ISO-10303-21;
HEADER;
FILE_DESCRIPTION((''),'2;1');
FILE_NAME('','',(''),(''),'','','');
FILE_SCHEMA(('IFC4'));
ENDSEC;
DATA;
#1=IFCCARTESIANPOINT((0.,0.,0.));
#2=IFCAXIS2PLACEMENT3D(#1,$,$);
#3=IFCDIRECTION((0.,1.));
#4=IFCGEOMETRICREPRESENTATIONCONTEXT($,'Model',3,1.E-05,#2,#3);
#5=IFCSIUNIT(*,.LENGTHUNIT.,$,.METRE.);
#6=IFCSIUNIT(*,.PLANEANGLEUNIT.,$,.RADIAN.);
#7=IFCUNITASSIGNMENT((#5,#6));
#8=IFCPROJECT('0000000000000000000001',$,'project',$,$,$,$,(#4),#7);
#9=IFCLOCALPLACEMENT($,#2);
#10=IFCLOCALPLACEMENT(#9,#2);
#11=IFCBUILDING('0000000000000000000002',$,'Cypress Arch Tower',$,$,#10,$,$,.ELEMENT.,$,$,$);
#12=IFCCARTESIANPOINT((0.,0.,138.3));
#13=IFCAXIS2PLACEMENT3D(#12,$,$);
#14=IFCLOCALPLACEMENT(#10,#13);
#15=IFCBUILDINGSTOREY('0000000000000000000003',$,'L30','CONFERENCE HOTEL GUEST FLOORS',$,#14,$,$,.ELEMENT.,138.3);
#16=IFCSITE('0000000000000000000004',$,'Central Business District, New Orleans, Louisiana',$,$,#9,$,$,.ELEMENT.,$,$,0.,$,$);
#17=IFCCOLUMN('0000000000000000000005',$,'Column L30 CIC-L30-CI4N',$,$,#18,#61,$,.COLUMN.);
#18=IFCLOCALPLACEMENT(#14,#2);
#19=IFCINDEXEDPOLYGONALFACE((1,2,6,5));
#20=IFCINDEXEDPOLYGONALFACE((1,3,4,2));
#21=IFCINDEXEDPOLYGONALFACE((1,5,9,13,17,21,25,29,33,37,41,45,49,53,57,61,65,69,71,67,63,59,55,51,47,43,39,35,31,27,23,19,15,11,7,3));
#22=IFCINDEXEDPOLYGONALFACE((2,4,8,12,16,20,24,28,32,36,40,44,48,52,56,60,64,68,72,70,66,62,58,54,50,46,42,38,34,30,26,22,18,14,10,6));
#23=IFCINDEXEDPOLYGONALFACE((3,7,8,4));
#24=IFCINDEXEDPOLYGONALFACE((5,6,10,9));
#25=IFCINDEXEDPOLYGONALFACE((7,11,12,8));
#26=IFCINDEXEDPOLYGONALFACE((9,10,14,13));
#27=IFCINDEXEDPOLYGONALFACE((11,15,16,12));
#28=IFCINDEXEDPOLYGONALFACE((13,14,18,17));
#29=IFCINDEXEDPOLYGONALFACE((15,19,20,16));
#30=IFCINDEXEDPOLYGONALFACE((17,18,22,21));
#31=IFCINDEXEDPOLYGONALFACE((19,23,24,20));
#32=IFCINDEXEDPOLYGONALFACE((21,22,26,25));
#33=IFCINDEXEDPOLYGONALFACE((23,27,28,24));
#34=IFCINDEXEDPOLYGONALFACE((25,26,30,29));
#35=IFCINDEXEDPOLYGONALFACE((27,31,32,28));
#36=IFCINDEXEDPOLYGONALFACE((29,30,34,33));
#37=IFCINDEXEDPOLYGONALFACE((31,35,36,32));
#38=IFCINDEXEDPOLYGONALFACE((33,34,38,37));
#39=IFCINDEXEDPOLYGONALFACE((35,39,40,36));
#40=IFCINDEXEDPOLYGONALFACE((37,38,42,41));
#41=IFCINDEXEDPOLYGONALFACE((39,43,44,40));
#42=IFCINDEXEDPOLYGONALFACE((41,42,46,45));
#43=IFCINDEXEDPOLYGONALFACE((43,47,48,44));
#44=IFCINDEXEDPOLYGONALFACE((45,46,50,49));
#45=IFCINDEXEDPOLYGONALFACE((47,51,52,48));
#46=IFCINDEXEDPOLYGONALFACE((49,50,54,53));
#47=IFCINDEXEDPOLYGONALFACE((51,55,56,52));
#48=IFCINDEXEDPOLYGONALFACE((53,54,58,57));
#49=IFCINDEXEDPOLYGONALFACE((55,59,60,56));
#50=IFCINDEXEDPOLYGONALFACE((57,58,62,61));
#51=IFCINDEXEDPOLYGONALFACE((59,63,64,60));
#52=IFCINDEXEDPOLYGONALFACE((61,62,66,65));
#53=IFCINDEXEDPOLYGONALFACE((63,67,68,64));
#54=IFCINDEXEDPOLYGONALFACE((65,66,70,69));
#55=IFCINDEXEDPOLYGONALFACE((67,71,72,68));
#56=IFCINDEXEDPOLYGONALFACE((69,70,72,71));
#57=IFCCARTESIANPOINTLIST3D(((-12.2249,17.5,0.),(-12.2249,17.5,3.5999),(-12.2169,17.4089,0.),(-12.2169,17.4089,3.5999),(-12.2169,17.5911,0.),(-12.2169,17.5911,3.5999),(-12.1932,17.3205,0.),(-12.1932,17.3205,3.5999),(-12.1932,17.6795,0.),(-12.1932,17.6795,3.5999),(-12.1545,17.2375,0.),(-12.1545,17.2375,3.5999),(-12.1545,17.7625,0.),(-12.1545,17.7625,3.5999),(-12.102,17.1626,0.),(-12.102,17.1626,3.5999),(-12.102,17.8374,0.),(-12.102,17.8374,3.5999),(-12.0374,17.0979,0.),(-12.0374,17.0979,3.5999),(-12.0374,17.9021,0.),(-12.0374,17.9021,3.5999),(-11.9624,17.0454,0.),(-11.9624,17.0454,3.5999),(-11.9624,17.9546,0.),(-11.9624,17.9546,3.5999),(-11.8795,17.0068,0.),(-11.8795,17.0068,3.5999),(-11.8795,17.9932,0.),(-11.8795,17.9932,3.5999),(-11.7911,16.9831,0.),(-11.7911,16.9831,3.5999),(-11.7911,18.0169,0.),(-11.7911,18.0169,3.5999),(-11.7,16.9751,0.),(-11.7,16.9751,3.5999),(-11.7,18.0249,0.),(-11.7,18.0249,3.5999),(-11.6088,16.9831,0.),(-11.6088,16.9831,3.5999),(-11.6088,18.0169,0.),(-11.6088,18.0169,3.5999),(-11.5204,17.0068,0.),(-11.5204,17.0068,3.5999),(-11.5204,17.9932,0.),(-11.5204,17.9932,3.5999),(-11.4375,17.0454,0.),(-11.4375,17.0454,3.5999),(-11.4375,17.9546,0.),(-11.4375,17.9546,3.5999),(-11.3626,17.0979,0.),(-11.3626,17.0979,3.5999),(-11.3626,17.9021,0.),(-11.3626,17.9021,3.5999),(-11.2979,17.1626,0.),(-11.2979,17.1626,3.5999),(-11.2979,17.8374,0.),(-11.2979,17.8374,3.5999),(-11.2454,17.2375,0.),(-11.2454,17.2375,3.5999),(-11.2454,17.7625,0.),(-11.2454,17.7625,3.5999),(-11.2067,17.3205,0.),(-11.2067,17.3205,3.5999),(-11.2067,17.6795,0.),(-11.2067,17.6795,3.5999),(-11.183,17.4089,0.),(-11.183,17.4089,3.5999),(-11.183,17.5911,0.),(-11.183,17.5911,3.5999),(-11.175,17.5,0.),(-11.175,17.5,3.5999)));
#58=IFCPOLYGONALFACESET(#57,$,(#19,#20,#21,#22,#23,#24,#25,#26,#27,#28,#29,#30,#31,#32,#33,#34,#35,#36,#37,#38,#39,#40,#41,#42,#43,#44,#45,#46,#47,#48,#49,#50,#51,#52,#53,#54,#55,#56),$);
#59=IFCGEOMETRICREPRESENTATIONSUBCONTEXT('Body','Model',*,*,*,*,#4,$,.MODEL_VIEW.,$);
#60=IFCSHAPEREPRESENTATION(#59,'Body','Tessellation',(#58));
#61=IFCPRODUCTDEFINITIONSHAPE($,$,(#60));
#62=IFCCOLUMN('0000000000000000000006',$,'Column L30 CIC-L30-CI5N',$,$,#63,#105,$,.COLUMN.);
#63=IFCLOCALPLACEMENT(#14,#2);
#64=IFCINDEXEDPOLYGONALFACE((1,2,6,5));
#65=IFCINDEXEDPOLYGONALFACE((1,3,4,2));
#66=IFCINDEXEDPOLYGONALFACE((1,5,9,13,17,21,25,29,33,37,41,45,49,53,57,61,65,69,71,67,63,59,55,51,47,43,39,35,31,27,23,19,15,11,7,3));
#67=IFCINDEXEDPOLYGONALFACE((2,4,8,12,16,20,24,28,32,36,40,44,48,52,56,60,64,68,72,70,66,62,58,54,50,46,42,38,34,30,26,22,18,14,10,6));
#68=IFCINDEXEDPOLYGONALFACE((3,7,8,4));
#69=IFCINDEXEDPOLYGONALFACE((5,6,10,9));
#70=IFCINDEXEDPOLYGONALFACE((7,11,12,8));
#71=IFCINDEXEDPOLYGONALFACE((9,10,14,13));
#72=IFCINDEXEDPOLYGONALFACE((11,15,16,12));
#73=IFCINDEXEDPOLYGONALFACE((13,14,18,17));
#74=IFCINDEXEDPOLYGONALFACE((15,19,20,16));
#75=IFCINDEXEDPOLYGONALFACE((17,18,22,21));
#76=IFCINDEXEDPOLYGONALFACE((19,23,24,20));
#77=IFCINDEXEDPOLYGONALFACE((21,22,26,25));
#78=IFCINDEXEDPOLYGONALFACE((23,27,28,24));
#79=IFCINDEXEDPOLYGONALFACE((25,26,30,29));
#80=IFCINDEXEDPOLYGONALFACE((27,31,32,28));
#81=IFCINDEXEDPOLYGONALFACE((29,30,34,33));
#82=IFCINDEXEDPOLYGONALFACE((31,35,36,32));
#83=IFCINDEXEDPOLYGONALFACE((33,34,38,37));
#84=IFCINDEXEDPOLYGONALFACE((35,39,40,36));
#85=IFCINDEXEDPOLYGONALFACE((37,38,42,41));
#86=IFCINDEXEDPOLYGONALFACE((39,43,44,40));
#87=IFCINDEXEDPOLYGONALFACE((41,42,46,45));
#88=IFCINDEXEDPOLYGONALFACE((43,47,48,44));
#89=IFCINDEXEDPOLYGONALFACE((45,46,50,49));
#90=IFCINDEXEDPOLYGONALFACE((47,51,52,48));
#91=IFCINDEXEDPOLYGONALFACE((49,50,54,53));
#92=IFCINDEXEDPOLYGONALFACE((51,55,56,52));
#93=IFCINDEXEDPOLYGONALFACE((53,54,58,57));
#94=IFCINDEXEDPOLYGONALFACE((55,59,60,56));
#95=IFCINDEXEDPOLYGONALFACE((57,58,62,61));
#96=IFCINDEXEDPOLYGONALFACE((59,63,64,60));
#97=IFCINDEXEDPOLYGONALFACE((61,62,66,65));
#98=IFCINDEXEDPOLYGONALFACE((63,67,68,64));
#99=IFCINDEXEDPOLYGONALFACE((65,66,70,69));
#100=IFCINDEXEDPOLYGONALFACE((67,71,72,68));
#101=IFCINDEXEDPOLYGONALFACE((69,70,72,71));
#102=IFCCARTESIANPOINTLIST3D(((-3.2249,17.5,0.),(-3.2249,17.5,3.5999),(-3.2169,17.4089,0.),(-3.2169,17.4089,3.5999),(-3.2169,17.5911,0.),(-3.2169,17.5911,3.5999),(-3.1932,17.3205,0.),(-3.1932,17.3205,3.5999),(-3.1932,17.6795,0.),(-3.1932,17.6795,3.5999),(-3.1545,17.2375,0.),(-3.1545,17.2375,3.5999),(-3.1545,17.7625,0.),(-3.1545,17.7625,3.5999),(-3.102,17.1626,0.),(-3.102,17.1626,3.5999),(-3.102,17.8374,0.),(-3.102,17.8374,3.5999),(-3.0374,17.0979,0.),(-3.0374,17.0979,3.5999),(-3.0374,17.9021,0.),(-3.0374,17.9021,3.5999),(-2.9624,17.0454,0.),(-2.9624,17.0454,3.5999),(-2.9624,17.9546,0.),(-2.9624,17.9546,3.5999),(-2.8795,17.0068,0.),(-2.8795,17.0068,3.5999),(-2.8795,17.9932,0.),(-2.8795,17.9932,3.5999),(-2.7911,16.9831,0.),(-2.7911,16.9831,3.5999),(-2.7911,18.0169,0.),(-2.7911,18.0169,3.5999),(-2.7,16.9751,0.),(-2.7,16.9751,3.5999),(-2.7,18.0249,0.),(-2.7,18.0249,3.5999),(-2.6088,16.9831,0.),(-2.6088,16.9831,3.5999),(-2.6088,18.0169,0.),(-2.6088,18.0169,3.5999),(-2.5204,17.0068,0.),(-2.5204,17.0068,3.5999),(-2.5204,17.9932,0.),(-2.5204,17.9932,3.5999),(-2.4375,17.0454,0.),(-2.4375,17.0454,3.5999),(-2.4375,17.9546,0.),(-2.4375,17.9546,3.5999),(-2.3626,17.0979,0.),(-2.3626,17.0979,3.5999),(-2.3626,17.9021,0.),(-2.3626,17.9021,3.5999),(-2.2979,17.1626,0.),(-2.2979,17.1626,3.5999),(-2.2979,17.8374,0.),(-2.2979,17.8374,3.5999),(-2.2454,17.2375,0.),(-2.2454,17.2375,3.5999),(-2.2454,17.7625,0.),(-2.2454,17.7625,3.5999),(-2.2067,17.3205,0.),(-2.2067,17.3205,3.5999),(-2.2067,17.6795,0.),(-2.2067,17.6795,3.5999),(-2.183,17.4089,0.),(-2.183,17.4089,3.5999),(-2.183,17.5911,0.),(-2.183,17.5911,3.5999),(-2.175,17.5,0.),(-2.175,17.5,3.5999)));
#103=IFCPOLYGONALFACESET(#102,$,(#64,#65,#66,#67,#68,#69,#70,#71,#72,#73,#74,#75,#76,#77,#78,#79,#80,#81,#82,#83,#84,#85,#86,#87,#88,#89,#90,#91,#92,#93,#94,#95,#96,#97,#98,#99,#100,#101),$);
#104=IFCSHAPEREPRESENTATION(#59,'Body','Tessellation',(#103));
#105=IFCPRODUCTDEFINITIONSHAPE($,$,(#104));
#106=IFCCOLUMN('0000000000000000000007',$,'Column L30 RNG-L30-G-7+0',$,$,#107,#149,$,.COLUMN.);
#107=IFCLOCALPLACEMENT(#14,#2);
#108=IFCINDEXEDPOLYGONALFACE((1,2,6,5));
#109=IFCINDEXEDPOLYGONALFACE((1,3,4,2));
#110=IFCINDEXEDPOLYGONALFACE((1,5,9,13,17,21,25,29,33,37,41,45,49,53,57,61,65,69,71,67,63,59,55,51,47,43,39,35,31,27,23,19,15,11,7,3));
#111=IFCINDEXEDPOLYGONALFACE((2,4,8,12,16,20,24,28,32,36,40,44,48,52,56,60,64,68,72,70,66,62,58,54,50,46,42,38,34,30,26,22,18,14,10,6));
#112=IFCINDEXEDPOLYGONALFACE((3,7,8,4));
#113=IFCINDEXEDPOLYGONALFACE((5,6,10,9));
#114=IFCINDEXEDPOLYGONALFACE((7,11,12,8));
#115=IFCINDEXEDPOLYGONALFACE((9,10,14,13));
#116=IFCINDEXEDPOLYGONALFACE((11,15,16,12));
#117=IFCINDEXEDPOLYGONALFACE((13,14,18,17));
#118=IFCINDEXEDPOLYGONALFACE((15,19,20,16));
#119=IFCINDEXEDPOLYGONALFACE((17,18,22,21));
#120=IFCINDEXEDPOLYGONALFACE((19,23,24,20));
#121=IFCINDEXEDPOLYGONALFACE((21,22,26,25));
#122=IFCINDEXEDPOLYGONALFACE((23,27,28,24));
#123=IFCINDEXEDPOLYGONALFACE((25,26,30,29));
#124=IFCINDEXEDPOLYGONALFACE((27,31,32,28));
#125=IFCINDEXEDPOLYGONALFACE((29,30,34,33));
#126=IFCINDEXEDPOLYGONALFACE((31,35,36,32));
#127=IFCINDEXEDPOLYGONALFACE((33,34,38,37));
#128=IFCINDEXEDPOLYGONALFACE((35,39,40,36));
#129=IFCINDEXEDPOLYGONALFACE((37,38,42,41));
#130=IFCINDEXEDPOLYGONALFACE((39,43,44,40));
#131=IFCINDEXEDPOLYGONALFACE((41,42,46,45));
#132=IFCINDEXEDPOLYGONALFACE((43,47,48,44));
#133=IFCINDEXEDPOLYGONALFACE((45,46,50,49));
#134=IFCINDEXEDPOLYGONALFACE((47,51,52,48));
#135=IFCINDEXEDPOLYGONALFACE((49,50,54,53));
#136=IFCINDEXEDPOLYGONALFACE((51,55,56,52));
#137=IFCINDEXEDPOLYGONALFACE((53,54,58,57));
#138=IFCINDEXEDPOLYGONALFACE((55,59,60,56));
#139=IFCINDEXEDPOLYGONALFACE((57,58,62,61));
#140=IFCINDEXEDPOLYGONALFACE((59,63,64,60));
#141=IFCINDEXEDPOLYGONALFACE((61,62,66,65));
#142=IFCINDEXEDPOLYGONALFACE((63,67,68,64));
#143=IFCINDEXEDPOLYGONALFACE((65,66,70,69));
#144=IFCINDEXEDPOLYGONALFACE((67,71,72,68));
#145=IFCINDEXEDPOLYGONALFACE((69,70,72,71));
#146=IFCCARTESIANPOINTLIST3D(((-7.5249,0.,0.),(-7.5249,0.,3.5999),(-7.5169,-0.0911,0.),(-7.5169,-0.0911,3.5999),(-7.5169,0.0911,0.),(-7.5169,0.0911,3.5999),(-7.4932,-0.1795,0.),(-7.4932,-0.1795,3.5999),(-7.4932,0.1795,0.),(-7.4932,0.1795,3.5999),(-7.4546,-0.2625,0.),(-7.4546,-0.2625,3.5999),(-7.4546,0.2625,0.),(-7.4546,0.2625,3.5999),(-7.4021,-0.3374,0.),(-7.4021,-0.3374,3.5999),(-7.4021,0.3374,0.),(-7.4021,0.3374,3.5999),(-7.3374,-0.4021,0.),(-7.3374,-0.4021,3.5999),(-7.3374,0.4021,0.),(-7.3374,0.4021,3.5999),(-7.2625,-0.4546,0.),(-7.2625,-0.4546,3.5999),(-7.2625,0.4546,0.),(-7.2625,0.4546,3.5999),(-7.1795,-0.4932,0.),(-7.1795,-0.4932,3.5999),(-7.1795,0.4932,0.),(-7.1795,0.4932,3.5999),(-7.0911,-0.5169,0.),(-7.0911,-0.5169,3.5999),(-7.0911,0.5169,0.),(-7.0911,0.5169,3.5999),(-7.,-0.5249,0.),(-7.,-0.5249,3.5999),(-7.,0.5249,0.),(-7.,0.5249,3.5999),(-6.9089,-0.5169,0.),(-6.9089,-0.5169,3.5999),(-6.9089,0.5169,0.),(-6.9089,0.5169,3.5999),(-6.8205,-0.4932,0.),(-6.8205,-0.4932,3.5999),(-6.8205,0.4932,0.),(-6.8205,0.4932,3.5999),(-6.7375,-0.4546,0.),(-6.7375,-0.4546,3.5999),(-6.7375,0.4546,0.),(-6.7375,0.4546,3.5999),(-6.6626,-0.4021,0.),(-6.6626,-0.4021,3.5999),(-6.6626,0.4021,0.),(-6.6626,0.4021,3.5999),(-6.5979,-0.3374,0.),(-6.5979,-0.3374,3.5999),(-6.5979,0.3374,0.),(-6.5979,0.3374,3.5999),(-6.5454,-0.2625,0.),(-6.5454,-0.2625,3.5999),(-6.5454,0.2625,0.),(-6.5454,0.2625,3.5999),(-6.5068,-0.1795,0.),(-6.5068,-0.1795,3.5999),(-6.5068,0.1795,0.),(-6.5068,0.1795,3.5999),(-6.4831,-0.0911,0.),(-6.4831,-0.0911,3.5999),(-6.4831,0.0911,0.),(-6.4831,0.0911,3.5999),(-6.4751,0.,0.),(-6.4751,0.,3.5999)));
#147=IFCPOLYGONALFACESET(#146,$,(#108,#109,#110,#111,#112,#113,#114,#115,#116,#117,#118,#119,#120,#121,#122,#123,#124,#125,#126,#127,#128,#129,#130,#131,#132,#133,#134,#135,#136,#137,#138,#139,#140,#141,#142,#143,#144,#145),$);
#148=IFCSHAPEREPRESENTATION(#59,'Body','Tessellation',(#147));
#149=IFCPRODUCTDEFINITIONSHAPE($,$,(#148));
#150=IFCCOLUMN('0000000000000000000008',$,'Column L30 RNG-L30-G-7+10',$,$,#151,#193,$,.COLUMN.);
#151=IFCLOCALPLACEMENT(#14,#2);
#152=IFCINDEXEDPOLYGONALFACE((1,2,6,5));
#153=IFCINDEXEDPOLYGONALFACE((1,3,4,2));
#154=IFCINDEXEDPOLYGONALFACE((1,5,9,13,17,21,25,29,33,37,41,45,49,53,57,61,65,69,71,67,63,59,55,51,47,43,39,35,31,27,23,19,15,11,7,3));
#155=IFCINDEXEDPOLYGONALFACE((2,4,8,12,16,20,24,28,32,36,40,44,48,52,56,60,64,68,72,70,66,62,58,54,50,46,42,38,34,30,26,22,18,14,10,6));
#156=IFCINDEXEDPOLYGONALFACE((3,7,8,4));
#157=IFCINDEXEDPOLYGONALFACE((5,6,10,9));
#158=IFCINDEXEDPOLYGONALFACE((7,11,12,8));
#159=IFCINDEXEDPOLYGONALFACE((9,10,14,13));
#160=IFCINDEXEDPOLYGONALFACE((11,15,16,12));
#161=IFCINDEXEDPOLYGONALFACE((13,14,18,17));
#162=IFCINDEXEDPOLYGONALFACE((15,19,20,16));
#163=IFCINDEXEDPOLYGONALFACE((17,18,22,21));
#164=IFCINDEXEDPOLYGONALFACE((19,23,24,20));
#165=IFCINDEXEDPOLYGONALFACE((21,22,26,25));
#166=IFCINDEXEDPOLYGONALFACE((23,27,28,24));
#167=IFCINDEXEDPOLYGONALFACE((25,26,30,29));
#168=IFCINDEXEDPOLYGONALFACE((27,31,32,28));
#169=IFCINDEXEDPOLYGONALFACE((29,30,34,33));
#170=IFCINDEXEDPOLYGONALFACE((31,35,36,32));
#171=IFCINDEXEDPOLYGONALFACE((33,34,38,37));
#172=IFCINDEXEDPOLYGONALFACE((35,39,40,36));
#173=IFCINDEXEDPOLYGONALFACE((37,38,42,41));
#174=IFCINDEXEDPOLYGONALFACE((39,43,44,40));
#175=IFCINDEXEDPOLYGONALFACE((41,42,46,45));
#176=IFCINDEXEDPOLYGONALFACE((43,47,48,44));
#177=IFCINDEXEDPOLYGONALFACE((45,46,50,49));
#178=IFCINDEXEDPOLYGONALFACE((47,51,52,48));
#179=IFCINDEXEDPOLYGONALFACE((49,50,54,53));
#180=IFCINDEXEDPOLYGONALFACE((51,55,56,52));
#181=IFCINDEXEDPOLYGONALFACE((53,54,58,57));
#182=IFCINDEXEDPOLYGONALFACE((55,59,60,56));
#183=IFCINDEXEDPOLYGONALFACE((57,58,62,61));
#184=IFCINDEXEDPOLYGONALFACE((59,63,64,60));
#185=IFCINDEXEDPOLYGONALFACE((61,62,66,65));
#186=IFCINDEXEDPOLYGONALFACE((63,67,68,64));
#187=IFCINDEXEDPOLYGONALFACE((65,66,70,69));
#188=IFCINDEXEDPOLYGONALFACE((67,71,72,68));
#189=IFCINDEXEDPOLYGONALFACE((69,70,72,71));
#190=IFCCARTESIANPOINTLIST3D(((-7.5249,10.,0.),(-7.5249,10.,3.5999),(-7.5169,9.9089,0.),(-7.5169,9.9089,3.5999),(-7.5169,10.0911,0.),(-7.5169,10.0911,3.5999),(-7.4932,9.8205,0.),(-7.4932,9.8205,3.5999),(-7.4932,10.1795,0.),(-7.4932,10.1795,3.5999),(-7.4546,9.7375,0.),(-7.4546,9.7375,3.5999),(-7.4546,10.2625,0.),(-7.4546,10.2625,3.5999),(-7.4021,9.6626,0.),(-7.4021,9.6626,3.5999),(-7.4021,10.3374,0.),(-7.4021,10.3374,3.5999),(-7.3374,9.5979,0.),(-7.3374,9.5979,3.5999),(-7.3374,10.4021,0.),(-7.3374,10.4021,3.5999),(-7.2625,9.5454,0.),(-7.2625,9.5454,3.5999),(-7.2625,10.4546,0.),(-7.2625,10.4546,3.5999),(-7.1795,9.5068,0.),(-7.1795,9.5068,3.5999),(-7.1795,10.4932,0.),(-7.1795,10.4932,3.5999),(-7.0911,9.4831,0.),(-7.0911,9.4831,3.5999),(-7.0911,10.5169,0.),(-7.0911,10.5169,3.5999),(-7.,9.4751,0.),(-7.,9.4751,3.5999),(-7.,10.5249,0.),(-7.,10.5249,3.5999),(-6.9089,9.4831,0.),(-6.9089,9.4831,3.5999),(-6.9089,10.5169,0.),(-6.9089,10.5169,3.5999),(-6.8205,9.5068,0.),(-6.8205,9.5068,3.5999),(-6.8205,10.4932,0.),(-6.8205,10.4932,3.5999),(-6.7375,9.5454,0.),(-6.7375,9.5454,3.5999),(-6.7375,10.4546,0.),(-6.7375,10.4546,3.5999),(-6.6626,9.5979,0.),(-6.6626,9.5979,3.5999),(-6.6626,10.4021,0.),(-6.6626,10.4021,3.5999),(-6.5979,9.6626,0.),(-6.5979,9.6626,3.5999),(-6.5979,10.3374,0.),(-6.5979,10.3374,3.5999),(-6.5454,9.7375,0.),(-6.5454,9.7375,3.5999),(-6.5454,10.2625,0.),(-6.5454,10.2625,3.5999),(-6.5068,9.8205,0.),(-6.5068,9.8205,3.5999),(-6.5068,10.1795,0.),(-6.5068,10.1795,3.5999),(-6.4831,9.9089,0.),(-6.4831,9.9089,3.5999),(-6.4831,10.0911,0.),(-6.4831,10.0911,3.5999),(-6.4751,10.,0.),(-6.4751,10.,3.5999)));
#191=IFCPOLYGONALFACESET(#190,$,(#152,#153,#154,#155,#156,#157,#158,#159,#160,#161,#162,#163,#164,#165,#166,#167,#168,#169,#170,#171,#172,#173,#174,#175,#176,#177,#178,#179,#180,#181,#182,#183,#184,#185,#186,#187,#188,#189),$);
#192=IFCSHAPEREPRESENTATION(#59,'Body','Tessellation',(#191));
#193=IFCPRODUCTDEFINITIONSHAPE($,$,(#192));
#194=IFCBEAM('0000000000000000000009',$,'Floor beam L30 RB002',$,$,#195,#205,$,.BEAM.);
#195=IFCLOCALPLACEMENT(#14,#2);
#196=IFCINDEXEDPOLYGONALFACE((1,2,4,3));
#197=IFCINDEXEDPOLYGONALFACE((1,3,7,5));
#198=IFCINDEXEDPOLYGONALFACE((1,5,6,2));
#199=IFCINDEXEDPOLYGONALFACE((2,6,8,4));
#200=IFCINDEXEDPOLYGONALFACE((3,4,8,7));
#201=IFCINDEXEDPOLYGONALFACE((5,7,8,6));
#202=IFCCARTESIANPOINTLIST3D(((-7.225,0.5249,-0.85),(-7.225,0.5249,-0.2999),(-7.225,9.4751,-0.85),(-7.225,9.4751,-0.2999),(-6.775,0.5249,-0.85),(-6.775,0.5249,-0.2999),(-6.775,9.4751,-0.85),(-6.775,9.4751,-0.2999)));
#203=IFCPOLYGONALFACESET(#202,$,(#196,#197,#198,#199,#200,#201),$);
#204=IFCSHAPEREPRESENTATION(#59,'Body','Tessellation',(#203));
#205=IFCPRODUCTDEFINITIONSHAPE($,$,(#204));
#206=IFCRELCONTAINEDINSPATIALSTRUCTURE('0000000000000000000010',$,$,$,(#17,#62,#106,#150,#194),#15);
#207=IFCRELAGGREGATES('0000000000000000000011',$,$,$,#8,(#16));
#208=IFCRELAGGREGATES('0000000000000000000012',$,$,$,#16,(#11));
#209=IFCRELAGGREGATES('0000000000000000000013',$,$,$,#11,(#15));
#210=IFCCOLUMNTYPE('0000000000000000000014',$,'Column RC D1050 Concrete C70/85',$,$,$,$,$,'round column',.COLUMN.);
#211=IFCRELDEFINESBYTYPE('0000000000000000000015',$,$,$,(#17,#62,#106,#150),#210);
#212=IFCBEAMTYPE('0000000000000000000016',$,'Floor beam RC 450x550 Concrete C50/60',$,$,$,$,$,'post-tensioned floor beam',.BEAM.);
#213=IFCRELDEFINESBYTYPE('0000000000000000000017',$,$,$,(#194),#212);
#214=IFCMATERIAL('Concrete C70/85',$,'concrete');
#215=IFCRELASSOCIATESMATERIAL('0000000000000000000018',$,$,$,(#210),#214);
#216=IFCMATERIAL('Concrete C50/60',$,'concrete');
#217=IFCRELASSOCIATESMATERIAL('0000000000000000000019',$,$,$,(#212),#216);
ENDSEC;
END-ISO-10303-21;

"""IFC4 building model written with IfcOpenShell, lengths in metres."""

from ifc_helpers import new_model, si_unit, direction, frame, origin, origin_2d, place, context, subcontext, project, spatial, rectangle, circle, extrude, material, material_profile, profile_set, type_object, element, save


model = new_model("IFC4")

# Units and contexts
model_context = context("Model", 3, precision=1e-05, world=origin(), true_north=direction((0.0, 1.0)))
body_context = subcontext(model_context, "Body", "Model", "MODEL_VIEW")
ifc_project = project(units=[si_unit("LENGTHUNIT", "METRE"), si_unit("PLANEANGLEUNIT", "RADIAN")], contexts=[model_context])

# Site, building, storey
site_placement = place(None, origin())
site = spatial("IfcSite", under=ifc_project, at=site_placement, Name="Central Business District, New Orleans, Louisiana", CompositionType="ELEMENT", RefElevation=0.0)
building_placement = place(site_placement, origin())
building = spatial("IfcBuilding", under=site, at=building_placement, Name="Cypress Arch Tower", CompositionType="ELEMENT")
storey_placement = place(building_placement, frame((0.0, 0.0, 138.3)))
storey = spatial("IfcBuildingStorey", under=building, at=storey_placement, Name="L30", Description="CONFERENCE HOTEL GUEST FLOORS", CompositionType="ELEMENT", Elevation=138.3)

# Columns
ifc_material_1 = material(Name="Concrete C70/85", Category="concrete")
ifc_material_profile_1 = material_profile(ifc_material_1, circle(Radius=0.5249, at=origin_2d()), Name="RC D1050")
ifc_profile_set_1 = profile_set([ifc_material_profile_1], Name="Concrete C70/85")
column_type = type_object("IfcColumnType", Name="Column RC D1050 Concrete C70/85", ElementType="round column", PredefinedType="COLUMN", material=ifc_profile_set_1)
for number, where, z_axis, x_axis, name in (
    (1, (-11.7, 17.5, 0.0), (0.0, 0.0, 1.0), (1.0, 0.0, 0.0), "Column L30 CIC-L30-CI4N"),
    (2, (-2.7, 17.5, 0.0), (0.0, 0.0, 1.0), (1.0, 0.0, 0.0), "Column L30 CIC-L30-CI5N"),
    (3, (-7.0, 0.0, 0.0), (0.0, 0.0, 1.0), (1.0, 0.0, 0.0), "Column L30 RNG-L30-G-7+0"),
    (4, (-7.0, 10.0, 0.0), (0.0, 0.0, 1.0), (1.0, 0.0, 0.0), "Column L30 RNG-L30-G-7+10"),
):
    element("IfcColumn", number, at=place(storey_placement, frame(where, z_axis=z_axis, x_axis=x_axis)), inside=storey, type_object=column_type, Name=name, PredefinedType="COLUMN", context=body_context, shape_type="SweptSolid", body=[
        extrude(circle(Radius=0.5249, at=origin_2d()), origin(), (0.0, 0.0, 1.0), 3.5999),
    ])

# Beam
ifc_material_2 = material(Name="Concrete C50/60", Category="concrete")
ifc_material_profile_2 = material_profile(ifc_material_2, rectangle(XDim=0.45, YDim=0.55, at=origin_2d()), Name="RC 450x550")
ifc_profile_set_2 = profile_set([ifc_material_profile_2], Name="Concrete C50/60")
beam_type_1 = type_object("IfcBeamType", Name="Floor beam RC 450x550 Concrete C50/60", ElementType="post-tensioned floor beam", PredefinedType="BEAM", material=ifc_profile_set_2)
beam_1_placement = place(storey_placement, frame((-7.0, 0.5249, -0.575), z_axis=(0.0, 1.0, 0.0), x_axis=(-1.0, 0.0, 0.0)))
element("IfcBeam", 5, at=beam_1_placement, inside=storey, type_object=beam_type_1, Name="Floor beam L30 RB002", PredefinedType="BEAM", context=body_context, shape_type="SweptSolid", body=[
    extrude(rectangle(XDim=0.45, YDim=0.55, at=origin_2d()), origin(), (0.0, 0.0, 1.0), 8.9502),
])

save(model, "model.ifc")
